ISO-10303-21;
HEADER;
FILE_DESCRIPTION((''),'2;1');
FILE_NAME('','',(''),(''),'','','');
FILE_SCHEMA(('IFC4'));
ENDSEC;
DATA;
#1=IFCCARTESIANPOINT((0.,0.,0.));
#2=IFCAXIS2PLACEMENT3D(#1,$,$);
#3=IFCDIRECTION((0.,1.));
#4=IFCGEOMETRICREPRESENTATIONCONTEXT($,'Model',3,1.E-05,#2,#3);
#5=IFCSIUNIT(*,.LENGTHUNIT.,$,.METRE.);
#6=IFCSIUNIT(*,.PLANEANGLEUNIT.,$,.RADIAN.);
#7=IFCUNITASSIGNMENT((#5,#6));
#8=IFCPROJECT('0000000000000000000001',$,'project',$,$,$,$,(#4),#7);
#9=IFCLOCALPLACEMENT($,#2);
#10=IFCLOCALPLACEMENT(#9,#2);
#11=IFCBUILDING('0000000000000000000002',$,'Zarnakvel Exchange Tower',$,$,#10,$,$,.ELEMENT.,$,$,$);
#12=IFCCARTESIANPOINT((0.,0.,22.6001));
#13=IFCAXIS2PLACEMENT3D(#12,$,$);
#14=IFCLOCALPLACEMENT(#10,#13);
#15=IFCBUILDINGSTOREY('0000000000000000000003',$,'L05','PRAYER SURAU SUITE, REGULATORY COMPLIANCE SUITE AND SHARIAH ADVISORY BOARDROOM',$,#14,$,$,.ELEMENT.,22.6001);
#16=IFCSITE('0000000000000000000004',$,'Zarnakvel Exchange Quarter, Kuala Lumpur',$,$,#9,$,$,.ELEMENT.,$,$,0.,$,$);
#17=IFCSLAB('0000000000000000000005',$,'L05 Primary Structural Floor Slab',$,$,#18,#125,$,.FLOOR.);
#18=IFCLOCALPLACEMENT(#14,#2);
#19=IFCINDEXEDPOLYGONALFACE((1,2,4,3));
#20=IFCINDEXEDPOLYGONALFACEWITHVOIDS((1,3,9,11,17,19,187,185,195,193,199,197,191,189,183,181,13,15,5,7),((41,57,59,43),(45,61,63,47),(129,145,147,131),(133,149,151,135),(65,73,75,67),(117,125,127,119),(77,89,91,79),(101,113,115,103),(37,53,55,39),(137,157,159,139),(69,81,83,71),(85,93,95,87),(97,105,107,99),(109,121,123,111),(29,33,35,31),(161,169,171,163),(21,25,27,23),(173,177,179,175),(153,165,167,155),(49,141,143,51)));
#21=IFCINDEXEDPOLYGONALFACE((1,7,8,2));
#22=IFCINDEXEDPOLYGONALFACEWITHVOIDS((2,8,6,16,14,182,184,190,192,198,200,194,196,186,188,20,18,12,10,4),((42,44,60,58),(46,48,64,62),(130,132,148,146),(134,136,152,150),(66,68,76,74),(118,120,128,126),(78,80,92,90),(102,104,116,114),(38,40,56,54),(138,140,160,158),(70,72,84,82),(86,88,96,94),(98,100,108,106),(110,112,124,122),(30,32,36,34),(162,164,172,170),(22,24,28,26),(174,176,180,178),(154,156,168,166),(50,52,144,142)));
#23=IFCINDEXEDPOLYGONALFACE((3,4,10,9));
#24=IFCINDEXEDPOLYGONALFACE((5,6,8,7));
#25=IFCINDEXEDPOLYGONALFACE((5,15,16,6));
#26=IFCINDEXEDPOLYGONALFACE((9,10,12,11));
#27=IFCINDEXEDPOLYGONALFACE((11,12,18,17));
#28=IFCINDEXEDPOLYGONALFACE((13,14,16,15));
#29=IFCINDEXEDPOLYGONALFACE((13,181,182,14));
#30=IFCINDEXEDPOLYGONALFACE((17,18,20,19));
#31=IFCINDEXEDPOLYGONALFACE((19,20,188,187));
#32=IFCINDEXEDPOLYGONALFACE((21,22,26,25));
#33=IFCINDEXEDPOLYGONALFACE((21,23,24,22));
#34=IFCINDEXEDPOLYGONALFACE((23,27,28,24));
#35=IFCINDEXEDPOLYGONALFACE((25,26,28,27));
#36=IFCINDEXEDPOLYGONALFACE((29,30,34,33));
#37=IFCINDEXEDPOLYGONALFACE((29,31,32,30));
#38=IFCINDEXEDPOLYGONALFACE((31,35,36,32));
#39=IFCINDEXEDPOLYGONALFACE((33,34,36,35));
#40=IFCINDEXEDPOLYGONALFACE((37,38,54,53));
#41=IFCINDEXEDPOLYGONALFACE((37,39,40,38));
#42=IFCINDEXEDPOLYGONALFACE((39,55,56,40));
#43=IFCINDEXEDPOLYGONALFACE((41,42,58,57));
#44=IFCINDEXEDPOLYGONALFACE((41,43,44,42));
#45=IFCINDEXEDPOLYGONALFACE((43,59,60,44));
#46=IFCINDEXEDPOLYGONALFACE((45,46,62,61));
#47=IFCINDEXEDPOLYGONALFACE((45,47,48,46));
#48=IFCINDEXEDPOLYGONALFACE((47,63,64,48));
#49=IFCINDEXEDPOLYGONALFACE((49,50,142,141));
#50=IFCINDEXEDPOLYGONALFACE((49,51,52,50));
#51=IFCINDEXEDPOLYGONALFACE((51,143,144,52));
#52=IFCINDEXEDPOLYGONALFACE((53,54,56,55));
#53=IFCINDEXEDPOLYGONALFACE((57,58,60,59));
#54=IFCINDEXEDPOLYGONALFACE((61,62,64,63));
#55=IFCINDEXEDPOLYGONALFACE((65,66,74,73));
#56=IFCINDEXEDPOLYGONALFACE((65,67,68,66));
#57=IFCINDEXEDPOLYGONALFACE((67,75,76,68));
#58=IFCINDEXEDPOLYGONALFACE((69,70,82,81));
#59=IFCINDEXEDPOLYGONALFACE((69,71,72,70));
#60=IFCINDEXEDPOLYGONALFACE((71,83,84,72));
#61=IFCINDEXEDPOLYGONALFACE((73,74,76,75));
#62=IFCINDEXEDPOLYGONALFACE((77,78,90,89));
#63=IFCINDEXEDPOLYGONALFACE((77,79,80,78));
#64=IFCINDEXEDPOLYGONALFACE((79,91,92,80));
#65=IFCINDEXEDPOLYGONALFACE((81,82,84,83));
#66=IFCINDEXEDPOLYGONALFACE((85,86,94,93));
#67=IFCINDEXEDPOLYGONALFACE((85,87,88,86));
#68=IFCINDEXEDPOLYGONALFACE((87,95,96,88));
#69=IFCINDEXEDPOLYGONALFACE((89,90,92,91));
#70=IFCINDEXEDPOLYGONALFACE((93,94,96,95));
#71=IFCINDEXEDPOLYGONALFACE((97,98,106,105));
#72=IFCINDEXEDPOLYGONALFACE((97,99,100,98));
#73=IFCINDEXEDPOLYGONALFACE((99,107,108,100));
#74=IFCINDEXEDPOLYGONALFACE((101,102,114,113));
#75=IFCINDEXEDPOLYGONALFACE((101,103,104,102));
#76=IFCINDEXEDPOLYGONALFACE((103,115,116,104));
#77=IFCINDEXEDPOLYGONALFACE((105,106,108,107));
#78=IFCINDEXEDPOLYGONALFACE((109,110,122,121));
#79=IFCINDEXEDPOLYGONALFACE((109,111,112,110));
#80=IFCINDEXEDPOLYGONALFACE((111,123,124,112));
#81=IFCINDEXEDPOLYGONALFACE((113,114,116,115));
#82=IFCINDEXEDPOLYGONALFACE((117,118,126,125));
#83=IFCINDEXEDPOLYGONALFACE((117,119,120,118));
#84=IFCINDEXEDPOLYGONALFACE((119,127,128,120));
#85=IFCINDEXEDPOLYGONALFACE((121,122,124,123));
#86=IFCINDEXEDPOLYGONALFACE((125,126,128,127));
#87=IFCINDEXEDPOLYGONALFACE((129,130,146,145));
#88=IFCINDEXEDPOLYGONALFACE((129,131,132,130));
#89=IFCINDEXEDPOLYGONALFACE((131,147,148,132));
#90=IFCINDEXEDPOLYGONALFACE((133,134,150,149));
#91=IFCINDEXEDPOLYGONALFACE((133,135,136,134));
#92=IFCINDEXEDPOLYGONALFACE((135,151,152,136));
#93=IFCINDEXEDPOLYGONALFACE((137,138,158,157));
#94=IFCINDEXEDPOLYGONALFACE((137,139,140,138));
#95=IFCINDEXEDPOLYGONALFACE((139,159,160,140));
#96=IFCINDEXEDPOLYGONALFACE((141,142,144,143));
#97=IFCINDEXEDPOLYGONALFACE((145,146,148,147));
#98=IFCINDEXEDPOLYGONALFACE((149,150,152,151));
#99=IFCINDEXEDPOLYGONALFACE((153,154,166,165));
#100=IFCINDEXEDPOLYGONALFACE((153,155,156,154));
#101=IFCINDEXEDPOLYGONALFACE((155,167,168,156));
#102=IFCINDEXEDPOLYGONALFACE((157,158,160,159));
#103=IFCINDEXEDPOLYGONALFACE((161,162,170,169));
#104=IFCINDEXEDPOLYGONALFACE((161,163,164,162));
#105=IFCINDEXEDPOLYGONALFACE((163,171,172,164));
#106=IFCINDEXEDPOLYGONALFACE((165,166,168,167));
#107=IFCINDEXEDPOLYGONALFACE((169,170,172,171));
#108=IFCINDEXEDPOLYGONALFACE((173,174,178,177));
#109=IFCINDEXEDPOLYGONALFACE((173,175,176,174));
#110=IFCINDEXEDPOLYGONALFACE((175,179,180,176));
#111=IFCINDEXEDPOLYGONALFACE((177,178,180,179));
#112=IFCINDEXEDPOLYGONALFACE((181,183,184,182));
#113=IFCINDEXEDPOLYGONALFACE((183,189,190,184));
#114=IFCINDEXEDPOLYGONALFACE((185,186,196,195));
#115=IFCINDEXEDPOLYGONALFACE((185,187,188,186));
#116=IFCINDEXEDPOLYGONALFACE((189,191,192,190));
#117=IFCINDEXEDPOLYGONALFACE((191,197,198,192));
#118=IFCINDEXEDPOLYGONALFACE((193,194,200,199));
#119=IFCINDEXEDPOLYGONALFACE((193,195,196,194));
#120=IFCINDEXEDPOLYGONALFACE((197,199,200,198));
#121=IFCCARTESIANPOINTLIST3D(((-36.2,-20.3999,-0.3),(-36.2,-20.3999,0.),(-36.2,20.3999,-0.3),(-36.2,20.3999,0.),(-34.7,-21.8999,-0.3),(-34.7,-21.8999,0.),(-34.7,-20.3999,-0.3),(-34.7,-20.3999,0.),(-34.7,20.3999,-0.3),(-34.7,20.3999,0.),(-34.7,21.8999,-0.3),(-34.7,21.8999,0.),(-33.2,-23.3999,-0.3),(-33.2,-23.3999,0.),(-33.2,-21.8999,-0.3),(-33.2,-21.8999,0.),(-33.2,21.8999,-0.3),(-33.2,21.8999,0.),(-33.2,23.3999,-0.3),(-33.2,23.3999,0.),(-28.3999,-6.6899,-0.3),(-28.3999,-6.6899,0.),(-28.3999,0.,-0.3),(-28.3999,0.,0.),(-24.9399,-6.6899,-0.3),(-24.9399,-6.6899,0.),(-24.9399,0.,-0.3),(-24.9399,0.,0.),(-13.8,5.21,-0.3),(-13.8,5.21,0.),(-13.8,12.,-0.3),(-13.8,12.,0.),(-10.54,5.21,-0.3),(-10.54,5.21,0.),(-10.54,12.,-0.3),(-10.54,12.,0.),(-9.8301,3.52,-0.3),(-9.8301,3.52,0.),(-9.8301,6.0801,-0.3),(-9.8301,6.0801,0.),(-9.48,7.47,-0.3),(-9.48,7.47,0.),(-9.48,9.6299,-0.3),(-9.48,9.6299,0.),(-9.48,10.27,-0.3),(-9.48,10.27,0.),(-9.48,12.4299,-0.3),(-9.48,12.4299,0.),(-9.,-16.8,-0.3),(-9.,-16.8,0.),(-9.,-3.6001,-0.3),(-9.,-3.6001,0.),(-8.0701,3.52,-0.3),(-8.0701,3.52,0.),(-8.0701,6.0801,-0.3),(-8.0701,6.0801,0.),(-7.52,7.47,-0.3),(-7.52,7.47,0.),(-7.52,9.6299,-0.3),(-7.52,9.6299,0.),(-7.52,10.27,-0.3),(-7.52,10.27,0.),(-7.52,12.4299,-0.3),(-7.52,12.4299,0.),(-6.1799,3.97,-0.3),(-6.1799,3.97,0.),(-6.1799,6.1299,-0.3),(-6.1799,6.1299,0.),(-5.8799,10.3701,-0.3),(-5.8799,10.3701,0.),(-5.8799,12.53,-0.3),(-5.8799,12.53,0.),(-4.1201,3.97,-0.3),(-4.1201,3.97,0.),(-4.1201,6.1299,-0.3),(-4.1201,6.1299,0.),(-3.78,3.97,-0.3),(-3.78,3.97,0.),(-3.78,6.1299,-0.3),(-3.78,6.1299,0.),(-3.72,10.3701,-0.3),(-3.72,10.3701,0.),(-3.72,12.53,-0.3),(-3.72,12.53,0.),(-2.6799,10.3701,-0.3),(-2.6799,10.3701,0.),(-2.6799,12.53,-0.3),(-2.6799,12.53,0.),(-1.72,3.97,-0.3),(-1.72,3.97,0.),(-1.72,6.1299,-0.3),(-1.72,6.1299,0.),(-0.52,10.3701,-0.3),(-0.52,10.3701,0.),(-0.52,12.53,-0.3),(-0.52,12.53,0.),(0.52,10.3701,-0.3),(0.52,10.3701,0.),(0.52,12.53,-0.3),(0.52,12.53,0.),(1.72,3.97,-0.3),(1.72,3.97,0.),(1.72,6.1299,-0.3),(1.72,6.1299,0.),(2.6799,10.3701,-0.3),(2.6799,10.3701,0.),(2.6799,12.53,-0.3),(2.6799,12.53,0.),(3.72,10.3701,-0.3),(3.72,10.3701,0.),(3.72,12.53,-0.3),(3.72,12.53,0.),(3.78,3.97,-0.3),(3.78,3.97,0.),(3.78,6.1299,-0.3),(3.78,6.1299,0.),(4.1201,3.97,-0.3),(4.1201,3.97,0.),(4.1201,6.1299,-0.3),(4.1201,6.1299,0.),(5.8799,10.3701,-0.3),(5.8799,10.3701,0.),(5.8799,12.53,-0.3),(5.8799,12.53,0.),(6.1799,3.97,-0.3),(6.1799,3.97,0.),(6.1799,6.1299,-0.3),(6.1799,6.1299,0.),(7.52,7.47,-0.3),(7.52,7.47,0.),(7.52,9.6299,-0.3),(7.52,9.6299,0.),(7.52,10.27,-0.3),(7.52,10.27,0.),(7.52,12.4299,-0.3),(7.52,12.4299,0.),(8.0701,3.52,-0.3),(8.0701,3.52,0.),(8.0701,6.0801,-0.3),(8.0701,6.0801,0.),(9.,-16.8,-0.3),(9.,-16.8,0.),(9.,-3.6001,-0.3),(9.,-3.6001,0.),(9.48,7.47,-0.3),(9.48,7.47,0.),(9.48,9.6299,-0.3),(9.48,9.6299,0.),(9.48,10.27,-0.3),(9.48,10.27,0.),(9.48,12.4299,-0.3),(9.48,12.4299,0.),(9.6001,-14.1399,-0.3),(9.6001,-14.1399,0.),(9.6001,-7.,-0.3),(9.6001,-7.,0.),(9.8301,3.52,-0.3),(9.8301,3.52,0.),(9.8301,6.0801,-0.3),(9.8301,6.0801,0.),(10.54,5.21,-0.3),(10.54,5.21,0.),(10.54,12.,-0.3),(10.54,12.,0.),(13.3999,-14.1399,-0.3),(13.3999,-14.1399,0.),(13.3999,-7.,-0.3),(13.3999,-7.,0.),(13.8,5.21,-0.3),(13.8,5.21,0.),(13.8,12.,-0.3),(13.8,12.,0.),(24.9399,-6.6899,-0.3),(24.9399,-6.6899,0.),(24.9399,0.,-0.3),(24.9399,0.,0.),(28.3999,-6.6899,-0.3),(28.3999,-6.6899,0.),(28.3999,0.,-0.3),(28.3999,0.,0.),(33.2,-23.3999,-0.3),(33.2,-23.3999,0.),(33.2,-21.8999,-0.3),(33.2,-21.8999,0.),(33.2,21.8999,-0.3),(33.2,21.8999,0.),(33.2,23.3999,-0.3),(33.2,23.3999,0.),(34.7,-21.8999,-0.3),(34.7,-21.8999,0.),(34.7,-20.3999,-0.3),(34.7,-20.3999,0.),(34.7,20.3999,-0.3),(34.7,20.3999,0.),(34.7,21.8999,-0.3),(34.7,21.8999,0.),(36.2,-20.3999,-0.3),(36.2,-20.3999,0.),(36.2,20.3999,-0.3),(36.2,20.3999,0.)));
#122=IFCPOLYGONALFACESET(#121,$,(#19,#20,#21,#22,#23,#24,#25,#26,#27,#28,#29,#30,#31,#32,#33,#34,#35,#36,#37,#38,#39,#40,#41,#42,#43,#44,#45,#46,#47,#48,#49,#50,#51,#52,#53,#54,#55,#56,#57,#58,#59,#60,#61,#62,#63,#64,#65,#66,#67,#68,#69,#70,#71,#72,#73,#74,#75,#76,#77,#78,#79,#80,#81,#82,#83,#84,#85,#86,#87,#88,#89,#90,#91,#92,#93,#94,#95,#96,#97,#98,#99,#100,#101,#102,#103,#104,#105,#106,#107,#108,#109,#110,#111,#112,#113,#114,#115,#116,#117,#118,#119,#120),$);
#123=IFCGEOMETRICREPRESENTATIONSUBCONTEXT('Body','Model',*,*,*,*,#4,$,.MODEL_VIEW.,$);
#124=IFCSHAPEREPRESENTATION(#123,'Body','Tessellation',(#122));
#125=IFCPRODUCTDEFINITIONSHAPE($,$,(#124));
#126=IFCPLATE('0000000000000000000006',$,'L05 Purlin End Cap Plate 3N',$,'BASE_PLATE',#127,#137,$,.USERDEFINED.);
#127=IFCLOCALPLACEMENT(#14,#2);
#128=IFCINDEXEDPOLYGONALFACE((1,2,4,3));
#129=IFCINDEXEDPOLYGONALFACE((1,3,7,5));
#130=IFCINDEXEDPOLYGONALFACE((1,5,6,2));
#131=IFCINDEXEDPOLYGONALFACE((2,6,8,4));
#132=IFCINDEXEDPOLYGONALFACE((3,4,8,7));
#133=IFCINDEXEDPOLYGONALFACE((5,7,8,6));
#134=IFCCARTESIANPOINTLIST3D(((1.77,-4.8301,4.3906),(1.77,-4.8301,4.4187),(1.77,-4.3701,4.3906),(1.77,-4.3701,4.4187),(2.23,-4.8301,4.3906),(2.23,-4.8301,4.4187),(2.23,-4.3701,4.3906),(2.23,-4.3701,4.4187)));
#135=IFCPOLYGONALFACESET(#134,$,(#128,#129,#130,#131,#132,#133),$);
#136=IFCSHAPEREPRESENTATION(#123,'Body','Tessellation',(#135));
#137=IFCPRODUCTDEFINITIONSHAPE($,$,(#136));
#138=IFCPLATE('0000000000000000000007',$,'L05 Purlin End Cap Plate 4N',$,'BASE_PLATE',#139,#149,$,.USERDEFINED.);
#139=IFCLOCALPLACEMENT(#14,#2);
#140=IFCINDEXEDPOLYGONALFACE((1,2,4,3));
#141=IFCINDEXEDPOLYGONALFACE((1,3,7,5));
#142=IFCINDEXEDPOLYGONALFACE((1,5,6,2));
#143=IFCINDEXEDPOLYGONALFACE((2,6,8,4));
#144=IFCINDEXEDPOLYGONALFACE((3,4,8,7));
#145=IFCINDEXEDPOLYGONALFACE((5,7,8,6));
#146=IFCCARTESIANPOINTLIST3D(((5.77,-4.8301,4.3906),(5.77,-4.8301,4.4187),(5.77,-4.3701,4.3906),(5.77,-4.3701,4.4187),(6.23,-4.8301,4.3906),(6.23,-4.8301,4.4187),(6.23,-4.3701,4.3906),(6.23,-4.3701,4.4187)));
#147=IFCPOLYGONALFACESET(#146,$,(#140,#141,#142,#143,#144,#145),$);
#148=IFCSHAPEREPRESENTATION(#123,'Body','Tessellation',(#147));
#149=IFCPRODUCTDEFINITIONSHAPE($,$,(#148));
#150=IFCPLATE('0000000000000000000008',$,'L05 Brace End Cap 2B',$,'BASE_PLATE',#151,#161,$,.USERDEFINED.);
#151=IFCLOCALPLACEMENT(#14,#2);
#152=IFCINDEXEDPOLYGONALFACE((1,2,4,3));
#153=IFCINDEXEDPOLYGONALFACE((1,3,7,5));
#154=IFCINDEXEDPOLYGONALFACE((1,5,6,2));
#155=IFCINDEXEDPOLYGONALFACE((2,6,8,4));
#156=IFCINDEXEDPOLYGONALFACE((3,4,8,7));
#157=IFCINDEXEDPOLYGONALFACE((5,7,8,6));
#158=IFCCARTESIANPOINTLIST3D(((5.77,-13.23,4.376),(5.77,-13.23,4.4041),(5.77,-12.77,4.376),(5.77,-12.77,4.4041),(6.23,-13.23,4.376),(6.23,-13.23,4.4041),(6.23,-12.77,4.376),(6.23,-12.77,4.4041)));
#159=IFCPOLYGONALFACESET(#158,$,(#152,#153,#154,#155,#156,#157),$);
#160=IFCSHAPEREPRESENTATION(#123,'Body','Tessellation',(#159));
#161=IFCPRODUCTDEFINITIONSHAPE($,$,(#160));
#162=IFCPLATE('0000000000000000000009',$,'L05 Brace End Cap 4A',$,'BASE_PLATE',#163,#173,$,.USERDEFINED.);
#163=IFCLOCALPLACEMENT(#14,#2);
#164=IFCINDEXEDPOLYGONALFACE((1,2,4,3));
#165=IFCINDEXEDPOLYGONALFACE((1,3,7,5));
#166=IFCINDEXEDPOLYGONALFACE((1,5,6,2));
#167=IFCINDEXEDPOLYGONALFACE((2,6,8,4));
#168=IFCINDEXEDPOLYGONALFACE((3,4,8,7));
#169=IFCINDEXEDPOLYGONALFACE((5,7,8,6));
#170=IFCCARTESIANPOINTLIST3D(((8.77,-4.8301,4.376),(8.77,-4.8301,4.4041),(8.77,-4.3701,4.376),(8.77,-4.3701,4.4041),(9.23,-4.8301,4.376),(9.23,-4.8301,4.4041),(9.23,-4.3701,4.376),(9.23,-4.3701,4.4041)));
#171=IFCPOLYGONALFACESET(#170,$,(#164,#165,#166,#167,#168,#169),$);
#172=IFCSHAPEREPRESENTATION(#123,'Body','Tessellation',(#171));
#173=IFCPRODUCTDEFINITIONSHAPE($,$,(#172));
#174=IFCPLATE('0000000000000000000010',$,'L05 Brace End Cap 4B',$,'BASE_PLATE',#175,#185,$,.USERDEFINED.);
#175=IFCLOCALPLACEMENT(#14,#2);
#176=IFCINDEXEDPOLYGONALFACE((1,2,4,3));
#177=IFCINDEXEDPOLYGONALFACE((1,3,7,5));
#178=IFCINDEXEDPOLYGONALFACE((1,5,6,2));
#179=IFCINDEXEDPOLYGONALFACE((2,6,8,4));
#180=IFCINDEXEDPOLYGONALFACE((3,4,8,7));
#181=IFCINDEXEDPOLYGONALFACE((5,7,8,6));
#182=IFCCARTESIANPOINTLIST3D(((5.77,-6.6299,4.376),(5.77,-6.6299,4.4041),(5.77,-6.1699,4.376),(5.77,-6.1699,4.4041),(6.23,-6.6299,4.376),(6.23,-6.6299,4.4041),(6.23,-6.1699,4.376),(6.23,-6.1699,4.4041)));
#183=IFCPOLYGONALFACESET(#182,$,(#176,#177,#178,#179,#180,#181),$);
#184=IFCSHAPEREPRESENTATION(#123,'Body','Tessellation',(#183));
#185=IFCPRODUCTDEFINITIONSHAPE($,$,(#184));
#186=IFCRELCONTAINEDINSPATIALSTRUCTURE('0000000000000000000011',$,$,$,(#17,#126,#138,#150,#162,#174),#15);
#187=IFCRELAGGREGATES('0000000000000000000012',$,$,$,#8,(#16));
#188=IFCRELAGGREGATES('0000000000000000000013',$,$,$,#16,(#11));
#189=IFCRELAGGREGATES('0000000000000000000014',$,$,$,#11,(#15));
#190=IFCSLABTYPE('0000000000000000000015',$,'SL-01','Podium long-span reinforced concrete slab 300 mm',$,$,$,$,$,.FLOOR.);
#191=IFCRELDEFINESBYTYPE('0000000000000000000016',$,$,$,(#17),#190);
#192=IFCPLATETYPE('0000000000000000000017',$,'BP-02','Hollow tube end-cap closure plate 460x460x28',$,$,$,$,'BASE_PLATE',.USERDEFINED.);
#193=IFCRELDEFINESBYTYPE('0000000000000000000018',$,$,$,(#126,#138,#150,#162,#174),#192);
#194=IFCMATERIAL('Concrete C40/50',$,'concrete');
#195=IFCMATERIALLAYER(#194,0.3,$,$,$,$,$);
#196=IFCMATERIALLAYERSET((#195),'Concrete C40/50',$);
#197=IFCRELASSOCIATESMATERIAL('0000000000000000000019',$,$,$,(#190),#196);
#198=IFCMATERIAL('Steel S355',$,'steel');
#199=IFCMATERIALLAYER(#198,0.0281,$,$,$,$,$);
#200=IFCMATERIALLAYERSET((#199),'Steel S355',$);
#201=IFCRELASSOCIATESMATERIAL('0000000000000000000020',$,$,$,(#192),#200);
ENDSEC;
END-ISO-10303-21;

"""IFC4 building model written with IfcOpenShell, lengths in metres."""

from ifc_helpers import new_model, si_unit, direction, frame, origin, origin_2d, place, context, subcontext, project, spatial, polyline, rectangle, outline, extrude, source, transform, mapped, material, layer, layer_set, type_object, element, save


model = new_model("IFC4")

# Units and contexts
model_context = context("Model", 3, precision=1e-05, world=origin(), true_north=direction((0.0, 1.0)))
body_context = subcontext(model_context, "Body", "Model", "MODEL_VIEW")
ifc_project = project(units=[si_unit("LENGTHUNIT", "METRE"), si_unit("PLANEANGLEUNIT", "RADIAN")], contexts=[model_context])

# Site, building, storey
site_placement = place(None, origin())
site = spatial("IfcSite", under=ifc_project, at=site_placement, Name="Zarnakvel Exchange Quarter, Kuala Lumpur", CompositionType="ELEMENT", RefElevation=0.0)
building_placement = place(site_placement, origin())
building = spatial("IfcBuilding", under=site, at=building_placement, Name="Zarnakvel Exchange Tower", CompositionType="ELEMENT")
storey_placement = place(building_placement, frame((0.0, 0.0, 22.6001)))
storey = spatial("IfcBuildingStorey", under=building, at=storey_placement, Name="L05", Description="PRAYER SURAU SUITE, REGULATORY COMPLIANCE SUITE AND SHARIAH ADVISORY BOARDROOM", CompositionType="ELEMENT", Elevation=22.6001)

# Shared definitions
ifc_material_1 = material(Name="Steel S355", Category="steel")

# Shared definitions
ifc_material_2 = material(Name="Concrete C40/50", Category="concrete")

# Slab
ifc_layer_1 = layer(ifc_material_2, 0.3)
ifc_layer_set_1 = layer_set([ifc_layer_1], Name="Concrete C40/50")
slab_type_1 = type_object("IfcSlabType", Name="SL-01", Description="Podium long-span reinforced concrete slab 300 mm", PredefinedType="FLOOR", material=ifc_layer_set_1)
slab_1_placement = place(storey_placement, frame((0.0, 0.0, -0.3)))
element("IfcSlab", 1, at=slab_1_placement, inside=storey, type_object=slab_type_1, Name="L05 Primary Structural Floor Slab", PredefinedType="FLOOR", context=body_context, shape_type="SweptSolid", body=[
    extrude(outline(polyline([(-36.2, -20.3999), (-34.7, -20.3999), (-34.7, -21.8999), (-33.2, -21.8999), (-33.2, -23.3999), (33.2, -23.3999), (33.2, -21.8999), (34.7, -21.8999), (34.7, -20.3999), (36.2, -20.3999), (36.2, 20.3999), (34.7, 20.3999), (34.7, 21.8999), (33.2, 21.8999), (33.2, 23.3999), (-33.2, 23.3999), (-33.2, 21.8999), (-34.7, 21.8999), (-34.7, 20.3999), (-36.2, 20.3999), (-36.2, -20.3999)]), holes=[polyline([(-9.0, -16.8), (9.0, -16.8), (9.0, -3.6001), (-9.0, -3.6001), (-9.0, -16.8)]), polyline([(-13.8, 5.21), (-10.54, 5.21), (-10.54, 12.0), (-13.8, 12.0), (-13.8, 5.21)]), polyline([(10.54, 5.21), (13.8, 5.21), (13.8, 12.0), (10.54, 12.0), (10.54, 5.21)]), polyline([(-28.3999, -6.6899), (-24.9399, -6.6899), (-24.9399, 0.0), (-28.3999, 0.0), (-28.3999, -6.6899)]), polyline([(24.9399, -6.6899), (28.3999, -6.6899), (28.3999, 0.0), (24.9399, 0.0), (24.9399, -6.6899)]), polyline([(9.6001, -14.1399), (13.3999, -14.1399), (13.3999, -7.0), (9.6001, -7.0), (9.6001, -14.1399)]), polyline([(-9.8301, 3.52), (-8.0701, 3.52), (-8.0701, 6.0801), (-9.8301, 6.0801), (-9.8301, 3.52)]), polyline([(8.0701, 3.52), (9.8301, 3.52), (9.8301, 6.0801), (8.0701, 6.0801), (8.0701, 3.52)]), polyline([(-5.8799, 10.3701), (-3.72, 10.3701), (-3.72, 12.53), (-5.8799, 12.53), (-5.8799, 10.3701)]), polyline([(-2.6799, 10.3701), (-0.52, 10.3701), (-0.52, 12.53), (-2.6799, 12.53), (-2.6799, 10.3701)]), polyline([(0.52, 10.3701), (2.6799, 10.3701), (2.6799, 12.53), (0.52, 12.53), (0.52, 10.3701)]), polyline([(3.72, 10.3701), (5.8799, 10.3701), (5.8799, 12.53), (3.72, 12.53), (3.72, 10.3701)]), polyline([(-6.1799, 3.97), (-4.1201, 3.97), (-4.1201, 6.1299), (-6.1799, 6.1299), (-6.1799, 3.97)]), polyline([(-3.78, 3.97), (-1.72, 3.97), (-1.72, 6.1299), (-3.78, 6.1299), (-3.78, 3.97)]), polyline([(1.72, 3.97), (3.78, 3.97), (3.78, 6.1299), (1.72, 6.1299), (1.72, 3.97)]), polyline([(4.1201, 3.97), (6.1799, 3.97), (6.1799, 6.1299), (4.1201, 6.1299), (4.1201, 3.97)]), polyline([(-9.48, 7.47), (-7.52, 7.47), (-7.52, 9.6299), (-9.48, 9.6299), (-9.48, 7.47)]), polyline([(-9.48, 10.27), (-7.52, 10.27), (-7.52, 12.4299), (-9.48, 12.4299), (-9.48, 10.27)]), polyline([(7.52, 7.47), (9.48, 7.47), (9.48, 9.6299), (7.52, 9.6299), (7.52, 7.47)]), polyline([(7.52, 10.27), (9.48, 10.27), (9.48, 12.4299), (7.52, 12.4299), (7.52, 10.27)])]), origin(), (0.0, 0.0, 1.0), 0.3),
])

# Plates
ifc_layer_2 = layer(ifc_material_1, 0.0281)
ifc_layer_set_2 = layer_set([ifc_layer_2], Name="Steel S355")
plate_type = type_object("IfcPlateType", Name="BP-02", Description="Hollow tube end-cap closure plate 460x460x28", ElementType="BASE_PLATE", PredefinedType="USERDEFINED", material=ifc_layer_set_2)
shared_shape_1 = source(origin(), body_context, "Body", "SweptSolid", [
    extrude(rectangle(XDim=0.46, YDim=0.46, at=origin_2d()), origin(), (0.0, 0.0, 1.0), 0.0281),
])
for number, where, z_axis, x_axis, name in (
    (2, (2.0, -4.6001, 4.3906), (0.0, 0.0, 1.0), (1.0, 0.0, 0.0), "L05 Purlin End Cap Plate 3N"),
    (3, (6.0, -4.6001, 4.3906), (0.0, 0.0, 1.0), (1.0, 0.0, 0.0), "L05 Purlin End Cap Plate 4N"),
    (4, (6.0, -13.0, 4.376), (0.0, 0.0, 1.0), (1.0, 0.0, 0.0), "L05 Brace End Cap 2B"),
    (5, (9.0, -4.6001, 4.376), (0.0, 0.0, 1.0), (1.0, 0.0, 0.0), "L05 Brace End Cap 4A"),
    (6, (6.0, -6.3999, 4.376), (0.0, 0.0, 1.0), (1.0, 0.0, 0.0), "L05 Brace End Cap 4B"),
):
    element("IfcPlate", number, at=place(storey_placement, frame(where, z_axis=z_axis, x_axis=x_axis)), inside=storey, type_object=plate_type, Name=name, ObjectType="BASE_PLATE", PredefinedType="USERDEFINED", context=body_context, shape_type="MappedRepresentation", body=[
        mapped(shared_shape_1, transform((0.0, 0.0, 0.0), x_axis=(1.0, 0.0, 0.0), y_axis=(0.0, 1.0, 0.0), z_axis=(0.0, 0.0, 1.0), scale=1.0)),
    ])

save(model, "model.ifc")
